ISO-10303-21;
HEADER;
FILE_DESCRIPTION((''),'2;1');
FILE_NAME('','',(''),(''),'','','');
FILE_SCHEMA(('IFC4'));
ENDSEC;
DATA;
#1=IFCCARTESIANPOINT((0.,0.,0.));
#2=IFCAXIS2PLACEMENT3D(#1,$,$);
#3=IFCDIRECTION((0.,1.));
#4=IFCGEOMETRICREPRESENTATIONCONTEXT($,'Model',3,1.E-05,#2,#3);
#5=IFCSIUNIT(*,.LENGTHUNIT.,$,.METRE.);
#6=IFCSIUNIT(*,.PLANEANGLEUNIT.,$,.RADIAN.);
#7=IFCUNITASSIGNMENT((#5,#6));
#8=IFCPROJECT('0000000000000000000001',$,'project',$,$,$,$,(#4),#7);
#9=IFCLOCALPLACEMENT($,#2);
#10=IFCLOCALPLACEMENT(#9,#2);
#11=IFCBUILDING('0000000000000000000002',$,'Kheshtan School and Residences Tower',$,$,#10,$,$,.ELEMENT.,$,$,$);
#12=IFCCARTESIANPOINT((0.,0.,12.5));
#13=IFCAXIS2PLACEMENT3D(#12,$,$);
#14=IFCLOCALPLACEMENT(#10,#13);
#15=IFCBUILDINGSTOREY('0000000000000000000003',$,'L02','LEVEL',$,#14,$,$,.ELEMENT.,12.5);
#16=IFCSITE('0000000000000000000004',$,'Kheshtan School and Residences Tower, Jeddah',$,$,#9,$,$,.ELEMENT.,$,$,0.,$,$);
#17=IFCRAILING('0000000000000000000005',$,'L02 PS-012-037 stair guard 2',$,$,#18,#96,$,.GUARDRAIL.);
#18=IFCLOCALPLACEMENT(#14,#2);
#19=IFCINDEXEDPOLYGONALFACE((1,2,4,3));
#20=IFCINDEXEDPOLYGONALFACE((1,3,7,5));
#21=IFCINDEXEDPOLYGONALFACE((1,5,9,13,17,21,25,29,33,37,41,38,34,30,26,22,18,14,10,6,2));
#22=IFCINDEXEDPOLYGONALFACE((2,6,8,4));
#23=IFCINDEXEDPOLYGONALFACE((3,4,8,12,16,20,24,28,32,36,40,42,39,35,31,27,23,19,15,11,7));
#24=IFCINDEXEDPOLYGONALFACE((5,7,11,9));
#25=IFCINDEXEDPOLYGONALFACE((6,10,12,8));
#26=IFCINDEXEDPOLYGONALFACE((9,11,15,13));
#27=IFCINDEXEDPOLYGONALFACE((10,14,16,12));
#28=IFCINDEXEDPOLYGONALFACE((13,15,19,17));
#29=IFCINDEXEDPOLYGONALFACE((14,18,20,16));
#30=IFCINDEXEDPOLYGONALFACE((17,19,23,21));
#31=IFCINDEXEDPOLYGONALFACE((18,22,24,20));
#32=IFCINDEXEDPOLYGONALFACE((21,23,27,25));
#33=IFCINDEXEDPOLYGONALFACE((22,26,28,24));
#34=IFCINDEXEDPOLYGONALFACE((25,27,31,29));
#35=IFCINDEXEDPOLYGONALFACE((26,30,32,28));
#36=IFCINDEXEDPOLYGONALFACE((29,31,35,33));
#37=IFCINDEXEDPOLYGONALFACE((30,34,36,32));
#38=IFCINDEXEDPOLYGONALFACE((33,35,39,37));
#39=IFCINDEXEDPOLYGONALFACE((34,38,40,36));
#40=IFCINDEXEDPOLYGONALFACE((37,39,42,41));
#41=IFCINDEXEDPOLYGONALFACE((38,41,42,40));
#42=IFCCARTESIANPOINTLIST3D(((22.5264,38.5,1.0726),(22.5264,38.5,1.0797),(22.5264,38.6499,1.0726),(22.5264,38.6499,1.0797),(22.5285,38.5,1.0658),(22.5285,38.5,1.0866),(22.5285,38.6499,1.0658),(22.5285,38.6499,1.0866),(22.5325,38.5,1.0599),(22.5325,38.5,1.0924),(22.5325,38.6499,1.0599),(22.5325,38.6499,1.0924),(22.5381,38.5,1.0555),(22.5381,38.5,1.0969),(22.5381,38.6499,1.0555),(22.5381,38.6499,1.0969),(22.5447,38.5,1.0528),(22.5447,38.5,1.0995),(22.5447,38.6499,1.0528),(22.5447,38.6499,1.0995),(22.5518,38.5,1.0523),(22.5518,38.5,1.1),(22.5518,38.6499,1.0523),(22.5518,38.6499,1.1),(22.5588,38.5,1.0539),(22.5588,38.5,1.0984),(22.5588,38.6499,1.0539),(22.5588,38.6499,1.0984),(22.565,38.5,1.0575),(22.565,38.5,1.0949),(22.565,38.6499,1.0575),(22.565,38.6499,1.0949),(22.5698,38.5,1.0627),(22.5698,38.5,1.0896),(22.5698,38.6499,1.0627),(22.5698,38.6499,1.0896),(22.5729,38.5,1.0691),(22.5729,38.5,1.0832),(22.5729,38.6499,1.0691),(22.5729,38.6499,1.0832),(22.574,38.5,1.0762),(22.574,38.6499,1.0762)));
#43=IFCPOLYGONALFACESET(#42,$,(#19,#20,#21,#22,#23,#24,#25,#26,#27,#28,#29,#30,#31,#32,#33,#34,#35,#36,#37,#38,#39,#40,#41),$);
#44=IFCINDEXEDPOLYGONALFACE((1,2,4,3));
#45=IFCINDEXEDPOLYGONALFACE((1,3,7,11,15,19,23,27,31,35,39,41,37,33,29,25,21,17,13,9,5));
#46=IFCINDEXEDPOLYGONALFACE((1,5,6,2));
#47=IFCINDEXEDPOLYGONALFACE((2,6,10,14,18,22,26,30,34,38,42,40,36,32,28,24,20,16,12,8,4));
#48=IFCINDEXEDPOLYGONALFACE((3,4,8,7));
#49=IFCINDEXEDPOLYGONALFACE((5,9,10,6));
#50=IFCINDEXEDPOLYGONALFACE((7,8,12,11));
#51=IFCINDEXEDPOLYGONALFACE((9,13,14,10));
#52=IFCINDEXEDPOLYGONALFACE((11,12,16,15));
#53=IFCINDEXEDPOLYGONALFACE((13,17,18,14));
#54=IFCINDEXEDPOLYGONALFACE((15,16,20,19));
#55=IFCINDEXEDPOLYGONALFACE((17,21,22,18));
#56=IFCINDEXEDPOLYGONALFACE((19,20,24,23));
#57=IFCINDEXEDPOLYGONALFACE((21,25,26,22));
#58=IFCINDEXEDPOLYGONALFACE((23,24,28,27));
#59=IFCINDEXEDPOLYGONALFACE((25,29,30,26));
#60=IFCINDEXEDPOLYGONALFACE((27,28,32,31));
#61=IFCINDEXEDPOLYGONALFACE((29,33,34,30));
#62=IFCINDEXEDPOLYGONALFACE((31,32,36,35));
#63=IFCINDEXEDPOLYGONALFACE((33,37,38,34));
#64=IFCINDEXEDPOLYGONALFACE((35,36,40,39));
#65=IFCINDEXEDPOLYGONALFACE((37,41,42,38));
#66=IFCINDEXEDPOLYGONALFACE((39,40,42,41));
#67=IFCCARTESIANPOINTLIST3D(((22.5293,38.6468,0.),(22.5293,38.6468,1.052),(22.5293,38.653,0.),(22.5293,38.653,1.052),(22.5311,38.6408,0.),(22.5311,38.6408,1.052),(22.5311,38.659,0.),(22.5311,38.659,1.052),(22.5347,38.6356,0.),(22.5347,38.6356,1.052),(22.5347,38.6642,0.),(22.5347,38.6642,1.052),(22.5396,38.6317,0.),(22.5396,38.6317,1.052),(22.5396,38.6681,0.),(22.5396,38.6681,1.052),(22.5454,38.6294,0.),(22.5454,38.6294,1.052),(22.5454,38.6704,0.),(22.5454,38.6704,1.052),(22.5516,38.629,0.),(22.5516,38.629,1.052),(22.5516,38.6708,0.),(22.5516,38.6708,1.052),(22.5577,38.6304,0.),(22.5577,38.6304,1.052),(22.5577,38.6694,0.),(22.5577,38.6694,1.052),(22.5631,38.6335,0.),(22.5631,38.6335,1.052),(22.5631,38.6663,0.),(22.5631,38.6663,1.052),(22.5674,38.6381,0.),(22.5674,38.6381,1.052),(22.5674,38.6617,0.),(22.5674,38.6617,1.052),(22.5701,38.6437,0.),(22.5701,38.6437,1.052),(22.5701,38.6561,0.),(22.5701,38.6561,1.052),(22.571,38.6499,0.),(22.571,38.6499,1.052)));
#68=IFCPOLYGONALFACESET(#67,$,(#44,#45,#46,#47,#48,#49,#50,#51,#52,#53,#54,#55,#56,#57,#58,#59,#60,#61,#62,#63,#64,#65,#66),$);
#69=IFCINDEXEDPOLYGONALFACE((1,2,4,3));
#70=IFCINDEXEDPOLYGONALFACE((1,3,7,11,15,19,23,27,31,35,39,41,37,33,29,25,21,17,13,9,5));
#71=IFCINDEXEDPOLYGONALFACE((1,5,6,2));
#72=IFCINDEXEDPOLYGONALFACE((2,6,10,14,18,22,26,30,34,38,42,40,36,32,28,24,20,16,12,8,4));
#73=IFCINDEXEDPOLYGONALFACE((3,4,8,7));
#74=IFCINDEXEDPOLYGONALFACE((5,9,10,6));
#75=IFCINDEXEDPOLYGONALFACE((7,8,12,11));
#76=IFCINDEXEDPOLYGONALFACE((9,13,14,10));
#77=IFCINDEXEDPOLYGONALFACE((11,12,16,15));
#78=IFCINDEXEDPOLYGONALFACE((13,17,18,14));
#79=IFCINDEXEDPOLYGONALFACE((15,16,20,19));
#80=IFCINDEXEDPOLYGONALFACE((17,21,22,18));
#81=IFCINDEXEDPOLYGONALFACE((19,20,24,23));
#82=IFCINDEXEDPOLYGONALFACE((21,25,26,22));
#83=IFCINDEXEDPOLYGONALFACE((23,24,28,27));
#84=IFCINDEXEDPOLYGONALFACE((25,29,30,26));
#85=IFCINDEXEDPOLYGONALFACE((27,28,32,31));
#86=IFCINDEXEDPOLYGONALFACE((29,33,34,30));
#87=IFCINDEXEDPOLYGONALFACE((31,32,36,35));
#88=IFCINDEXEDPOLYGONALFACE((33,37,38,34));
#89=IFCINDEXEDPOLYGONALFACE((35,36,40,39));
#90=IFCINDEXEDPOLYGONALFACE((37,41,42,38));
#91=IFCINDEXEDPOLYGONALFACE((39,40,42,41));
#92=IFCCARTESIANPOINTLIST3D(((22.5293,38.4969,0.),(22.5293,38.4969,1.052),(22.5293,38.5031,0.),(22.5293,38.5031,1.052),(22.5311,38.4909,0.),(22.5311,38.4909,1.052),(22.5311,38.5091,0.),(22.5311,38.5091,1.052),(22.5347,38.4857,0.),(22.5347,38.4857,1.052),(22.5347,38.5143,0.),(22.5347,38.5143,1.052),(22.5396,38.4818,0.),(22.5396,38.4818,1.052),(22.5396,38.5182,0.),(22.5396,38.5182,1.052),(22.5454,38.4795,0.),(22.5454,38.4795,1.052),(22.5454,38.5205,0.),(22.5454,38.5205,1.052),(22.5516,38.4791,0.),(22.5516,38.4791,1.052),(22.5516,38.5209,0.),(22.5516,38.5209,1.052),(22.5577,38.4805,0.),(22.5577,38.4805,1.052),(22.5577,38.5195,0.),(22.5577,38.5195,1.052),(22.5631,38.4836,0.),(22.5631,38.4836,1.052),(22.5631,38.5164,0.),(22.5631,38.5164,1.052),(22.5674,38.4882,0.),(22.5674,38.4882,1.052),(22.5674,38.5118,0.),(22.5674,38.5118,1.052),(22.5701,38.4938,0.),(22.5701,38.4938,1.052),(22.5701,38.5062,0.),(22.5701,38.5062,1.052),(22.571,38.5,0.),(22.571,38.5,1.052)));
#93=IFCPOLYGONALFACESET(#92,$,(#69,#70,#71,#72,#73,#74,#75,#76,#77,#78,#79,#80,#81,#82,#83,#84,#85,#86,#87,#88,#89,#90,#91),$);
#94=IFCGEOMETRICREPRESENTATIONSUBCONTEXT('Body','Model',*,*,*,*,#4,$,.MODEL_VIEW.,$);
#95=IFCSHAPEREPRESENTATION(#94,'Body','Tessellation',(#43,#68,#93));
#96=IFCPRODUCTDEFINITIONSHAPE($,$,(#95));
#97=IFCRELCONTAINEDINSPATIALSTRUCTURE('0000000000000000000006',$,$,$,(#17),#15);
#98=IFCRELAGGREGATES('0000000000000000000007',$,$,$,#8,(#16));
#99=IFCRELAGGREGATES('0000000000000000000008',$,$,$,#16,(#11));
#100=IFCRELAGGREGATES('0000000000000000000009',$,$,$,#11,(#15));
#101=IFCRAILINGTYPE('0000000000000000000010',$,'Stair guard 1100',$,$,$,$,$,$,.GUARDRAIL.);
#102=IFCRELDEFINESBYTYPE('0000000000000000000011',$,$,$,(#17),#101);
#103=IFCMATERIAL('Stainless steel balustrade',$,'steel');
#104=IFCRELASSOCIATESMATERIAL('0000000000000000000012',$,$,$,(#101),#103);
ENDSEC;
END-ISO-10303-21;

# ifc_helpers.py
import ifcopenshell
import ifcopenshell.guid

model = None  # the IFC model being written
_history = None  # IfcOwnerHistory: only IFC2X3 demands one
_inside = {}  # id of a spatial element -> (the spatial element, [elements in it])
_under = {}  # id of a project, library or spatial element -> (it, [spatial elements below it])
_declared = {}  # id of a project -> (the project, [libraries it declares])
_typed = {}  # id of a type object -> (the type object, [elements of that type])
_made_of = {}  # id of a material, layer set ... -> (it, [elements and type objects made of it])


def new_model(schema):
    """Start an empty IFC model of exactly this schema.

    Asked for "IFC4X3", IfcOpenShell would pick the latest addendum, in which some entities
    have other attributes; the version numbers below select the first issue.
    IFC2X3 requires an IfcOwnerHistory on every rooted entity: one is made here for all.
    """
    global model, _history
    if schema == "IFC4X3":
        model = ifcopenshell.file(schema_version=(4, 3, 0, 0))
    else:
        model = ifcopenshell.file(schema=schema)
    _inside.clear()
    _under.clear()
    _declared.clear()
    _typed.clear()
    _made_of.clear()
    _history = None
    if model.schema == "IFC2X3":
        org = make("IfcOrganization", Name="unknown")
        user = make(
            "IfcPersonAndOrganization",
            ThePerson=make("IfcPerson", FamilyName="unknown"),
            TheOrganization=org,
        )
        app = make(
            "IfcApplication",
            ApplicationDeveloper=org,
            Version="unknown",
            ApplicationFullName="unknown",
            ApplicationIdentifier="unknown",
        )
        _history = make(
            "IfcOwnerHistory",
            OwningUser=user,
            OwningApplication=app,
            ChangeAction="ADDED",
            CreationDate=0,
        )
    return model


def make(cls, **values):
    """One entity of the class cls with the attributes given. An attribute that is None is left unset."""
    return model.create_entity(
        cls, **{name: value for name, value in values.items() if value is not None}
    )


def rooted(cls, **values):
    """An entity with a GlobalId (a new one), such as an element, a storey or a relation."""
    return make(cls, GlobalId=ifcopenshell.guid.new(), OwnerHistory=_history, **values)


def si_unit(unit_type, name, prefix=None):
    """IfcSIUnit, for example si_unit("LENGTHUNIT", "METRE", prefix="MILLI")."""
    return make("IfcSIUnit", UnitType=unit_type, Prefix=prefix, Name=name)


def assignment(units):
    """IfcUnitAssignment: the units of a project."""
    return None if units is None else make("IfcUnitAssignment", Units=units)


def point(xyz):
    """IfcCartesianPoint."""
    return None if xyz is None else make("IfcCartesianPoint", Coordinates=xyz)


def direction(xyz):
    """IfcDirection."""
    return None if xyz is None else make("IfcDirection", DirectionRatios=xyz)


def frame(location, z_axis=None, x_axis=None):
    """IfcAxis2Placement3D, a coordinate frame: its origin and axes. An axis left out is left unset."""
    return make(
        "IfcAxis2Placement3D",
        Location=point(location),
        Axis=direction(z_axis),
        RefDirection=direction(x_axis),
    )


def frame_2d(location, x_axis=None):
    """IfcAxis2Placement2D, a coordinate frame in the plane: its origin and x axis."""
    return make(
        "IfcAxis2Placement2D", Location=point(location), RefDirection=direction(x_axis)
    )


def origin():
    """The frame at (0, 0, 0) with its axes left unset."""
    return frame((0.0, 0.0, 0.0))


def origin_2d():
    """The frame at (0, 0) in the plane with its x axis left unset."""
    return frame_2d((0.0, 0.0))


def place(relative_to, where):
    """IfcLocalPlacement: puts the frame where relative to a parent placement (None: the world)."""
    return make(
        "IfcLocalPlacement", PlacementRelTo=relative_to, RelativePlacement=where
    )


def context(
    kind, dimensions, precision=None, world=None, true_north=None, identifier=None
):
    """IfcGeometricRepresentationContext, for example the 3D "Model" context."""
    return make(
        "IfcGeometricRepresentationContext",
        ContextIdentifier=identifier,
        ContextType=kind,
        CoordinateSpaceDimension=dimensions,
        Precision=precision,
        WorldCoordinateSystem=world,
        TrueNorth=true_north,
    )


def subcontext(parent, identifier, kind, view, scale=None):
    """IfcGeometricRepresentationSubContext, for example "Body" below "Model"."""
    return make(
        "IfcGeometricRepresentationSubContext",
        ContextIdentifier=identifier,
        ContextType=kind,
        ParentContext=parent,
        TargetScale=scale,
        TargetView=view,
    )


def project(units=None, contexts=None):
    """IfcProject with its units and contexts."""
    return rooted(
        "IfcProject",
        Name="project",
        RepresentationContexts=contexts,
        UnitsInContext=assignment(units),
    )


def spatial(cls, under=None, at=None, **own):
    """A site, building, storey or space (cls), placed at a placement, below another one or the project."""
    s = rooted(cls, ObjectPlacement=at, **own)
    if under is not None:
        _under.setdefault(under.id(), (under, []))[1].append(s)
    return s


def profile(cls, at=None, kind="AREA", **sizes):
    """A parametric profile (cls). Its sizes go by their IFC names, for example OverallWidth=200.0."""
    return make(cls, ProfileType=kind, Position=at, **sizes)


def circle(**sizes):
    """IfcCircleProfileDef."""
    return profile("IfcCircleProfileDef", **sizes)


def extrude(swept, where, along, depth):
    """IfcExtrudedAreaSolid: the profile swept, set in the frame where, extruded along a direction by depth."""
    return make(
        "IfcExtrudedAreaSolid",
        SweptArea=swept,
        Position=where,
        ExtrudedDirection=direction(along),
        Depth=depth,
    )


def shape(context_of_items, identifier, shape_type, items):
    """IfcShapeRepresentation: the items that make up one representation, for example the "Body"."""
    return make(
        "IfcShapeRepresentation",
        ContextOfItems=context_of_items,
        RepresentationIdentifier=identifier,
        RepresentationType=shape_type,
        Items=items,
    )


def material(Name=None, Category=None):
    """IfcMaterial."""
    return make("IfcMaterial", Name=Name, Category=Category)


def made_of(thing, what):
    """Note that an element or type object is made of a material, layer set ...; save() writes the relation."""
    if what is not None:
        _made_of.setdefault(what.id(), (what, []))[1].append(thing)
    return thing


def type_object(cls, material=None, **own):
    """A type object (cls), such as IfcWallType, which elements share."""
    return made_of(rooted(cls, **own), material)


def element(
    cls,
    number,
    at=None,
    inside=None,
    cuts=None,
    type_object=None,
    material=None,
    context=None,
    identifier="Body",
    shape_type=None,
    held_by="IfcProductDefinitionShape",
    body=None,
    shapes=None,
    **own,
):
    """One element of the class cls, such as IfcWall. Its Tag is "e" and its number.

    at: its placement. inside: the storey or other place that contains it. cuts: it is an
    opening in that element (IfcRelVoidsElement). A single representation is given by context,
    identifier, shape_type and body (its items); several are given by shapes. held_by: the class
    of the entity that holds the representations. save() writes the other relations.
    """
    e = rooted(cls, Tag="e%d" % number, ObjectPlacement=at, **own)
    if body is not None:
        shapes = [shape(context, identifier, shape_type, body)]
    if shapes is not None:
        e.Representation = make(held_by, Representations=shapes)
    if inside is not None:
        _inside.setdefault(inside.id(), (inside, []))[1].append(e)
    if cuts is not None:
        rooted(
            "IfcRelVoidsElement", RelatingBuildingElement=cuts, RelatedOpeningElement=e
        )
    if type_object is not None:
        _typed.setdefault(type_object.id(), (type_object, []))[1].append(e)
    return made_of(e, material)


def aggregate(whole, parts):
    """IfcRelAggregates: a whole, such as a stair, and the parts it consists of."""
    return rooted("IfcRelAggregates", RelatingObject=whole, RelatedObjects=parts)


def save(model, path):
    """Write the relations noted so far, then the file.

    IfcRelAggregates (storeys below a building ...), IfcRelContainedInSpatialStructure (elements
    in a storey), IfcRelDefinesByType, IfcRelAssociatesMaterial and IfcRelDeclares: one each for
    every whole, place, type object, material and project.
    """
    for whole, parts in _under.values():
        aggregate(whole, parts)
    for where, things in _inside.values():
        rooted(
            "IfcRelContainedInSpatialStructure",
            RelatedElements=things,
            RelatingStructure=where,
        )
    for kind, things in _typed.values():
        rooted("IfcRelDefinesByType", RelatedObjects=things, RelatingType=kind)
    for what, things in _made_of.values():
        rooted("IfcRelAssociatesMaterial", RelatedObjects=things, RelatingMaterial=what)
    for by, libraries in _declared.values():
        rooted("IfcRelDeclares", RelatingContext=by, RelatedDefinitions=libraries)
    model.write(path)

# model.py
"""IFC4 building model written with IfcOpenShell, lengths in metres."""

from ifc_helpers import new_model, si_unit, direction, frame, origin, origin_2d, place, context, subcontext, project, spatial, circle, extrude, material, type_object, element, save


model = new_model("IFC4")

# Units and contexts
model_context = context("Model", 3, precision=1e-05, world=origin(), true_north=direction((0.0, 1.0)))
body_context = subcontext(model_context, "Body", "Model", "MODEL_VIEW")
ifc_project = project(units=[si_unit("LENGTHUNIT", "METRE"), si_unit("PLANEANGLEUNIT", "RADIAN")], contexts=[model_context])

# Site, building, storey
site_placement = place(None, origin())
site = spatial("IfcSite", under=ifc_project, at=site_placement, Name="Kheshtan School and Residences Tower, Jeddah", CompositionType="ELEMENT", RefElevation=0.0)
building_placement = place(site_placement, origin())
building = spatial("IfcBuilding", under=site, at=building_placement, Name="Kheshtan School and Residences Tower", CompositionType="ELEMENT")
storey_placement = place(building_placement, frame((0.0, 0.0, 12.5)))
storey = spatial("IfcBuildingStorey", under=building, at=storey_placement, Name="L02", Description="LEVEL", CompositionType="ELEMENT", Elevation=12.5)

# Railing
ifc_material_1 = material(Name="Stainless steel balustrade", Category="steel")
railing_type_1 = type_object("IfcRailingType", Name="Stair guard 1100", PredefinedType="GUARDRAIL", material=ifc_material_1)
railing_1_placement = place(storey_placement, frame((22.55, 38.6499, 0.0)))
element("IfcRailing", 1, at=railing_1_placement, inside=storey, type_object=railing_type_1, Name="L02 PS-012-037 stair guard 2", PredefinedType="GUARDRAIL", context=body_context, shape_type="SweptSolid", body=[
    extrude(circle(Radius=0.0239, at=origin_2d()), frame((0.0, 0.0, 1.0762), z_axis=(0.0, -1.0, 0.0), x_axis=(1.0, 0.0, 0.0)), (0.0, 0.0, 1.0), 0.1499),
    extrude(circle(Radius=0.021, at=origin_2d()), origin(), (0.0, 0.0, 1.0), 1.052),
    extrude(circle(Radius=0.021, at=origin_2d()), frame((0.0, -0.1499, 0.0)), (0.0, 0.0, 1.0), 1.052),
])

save(model, "model.ifc")
